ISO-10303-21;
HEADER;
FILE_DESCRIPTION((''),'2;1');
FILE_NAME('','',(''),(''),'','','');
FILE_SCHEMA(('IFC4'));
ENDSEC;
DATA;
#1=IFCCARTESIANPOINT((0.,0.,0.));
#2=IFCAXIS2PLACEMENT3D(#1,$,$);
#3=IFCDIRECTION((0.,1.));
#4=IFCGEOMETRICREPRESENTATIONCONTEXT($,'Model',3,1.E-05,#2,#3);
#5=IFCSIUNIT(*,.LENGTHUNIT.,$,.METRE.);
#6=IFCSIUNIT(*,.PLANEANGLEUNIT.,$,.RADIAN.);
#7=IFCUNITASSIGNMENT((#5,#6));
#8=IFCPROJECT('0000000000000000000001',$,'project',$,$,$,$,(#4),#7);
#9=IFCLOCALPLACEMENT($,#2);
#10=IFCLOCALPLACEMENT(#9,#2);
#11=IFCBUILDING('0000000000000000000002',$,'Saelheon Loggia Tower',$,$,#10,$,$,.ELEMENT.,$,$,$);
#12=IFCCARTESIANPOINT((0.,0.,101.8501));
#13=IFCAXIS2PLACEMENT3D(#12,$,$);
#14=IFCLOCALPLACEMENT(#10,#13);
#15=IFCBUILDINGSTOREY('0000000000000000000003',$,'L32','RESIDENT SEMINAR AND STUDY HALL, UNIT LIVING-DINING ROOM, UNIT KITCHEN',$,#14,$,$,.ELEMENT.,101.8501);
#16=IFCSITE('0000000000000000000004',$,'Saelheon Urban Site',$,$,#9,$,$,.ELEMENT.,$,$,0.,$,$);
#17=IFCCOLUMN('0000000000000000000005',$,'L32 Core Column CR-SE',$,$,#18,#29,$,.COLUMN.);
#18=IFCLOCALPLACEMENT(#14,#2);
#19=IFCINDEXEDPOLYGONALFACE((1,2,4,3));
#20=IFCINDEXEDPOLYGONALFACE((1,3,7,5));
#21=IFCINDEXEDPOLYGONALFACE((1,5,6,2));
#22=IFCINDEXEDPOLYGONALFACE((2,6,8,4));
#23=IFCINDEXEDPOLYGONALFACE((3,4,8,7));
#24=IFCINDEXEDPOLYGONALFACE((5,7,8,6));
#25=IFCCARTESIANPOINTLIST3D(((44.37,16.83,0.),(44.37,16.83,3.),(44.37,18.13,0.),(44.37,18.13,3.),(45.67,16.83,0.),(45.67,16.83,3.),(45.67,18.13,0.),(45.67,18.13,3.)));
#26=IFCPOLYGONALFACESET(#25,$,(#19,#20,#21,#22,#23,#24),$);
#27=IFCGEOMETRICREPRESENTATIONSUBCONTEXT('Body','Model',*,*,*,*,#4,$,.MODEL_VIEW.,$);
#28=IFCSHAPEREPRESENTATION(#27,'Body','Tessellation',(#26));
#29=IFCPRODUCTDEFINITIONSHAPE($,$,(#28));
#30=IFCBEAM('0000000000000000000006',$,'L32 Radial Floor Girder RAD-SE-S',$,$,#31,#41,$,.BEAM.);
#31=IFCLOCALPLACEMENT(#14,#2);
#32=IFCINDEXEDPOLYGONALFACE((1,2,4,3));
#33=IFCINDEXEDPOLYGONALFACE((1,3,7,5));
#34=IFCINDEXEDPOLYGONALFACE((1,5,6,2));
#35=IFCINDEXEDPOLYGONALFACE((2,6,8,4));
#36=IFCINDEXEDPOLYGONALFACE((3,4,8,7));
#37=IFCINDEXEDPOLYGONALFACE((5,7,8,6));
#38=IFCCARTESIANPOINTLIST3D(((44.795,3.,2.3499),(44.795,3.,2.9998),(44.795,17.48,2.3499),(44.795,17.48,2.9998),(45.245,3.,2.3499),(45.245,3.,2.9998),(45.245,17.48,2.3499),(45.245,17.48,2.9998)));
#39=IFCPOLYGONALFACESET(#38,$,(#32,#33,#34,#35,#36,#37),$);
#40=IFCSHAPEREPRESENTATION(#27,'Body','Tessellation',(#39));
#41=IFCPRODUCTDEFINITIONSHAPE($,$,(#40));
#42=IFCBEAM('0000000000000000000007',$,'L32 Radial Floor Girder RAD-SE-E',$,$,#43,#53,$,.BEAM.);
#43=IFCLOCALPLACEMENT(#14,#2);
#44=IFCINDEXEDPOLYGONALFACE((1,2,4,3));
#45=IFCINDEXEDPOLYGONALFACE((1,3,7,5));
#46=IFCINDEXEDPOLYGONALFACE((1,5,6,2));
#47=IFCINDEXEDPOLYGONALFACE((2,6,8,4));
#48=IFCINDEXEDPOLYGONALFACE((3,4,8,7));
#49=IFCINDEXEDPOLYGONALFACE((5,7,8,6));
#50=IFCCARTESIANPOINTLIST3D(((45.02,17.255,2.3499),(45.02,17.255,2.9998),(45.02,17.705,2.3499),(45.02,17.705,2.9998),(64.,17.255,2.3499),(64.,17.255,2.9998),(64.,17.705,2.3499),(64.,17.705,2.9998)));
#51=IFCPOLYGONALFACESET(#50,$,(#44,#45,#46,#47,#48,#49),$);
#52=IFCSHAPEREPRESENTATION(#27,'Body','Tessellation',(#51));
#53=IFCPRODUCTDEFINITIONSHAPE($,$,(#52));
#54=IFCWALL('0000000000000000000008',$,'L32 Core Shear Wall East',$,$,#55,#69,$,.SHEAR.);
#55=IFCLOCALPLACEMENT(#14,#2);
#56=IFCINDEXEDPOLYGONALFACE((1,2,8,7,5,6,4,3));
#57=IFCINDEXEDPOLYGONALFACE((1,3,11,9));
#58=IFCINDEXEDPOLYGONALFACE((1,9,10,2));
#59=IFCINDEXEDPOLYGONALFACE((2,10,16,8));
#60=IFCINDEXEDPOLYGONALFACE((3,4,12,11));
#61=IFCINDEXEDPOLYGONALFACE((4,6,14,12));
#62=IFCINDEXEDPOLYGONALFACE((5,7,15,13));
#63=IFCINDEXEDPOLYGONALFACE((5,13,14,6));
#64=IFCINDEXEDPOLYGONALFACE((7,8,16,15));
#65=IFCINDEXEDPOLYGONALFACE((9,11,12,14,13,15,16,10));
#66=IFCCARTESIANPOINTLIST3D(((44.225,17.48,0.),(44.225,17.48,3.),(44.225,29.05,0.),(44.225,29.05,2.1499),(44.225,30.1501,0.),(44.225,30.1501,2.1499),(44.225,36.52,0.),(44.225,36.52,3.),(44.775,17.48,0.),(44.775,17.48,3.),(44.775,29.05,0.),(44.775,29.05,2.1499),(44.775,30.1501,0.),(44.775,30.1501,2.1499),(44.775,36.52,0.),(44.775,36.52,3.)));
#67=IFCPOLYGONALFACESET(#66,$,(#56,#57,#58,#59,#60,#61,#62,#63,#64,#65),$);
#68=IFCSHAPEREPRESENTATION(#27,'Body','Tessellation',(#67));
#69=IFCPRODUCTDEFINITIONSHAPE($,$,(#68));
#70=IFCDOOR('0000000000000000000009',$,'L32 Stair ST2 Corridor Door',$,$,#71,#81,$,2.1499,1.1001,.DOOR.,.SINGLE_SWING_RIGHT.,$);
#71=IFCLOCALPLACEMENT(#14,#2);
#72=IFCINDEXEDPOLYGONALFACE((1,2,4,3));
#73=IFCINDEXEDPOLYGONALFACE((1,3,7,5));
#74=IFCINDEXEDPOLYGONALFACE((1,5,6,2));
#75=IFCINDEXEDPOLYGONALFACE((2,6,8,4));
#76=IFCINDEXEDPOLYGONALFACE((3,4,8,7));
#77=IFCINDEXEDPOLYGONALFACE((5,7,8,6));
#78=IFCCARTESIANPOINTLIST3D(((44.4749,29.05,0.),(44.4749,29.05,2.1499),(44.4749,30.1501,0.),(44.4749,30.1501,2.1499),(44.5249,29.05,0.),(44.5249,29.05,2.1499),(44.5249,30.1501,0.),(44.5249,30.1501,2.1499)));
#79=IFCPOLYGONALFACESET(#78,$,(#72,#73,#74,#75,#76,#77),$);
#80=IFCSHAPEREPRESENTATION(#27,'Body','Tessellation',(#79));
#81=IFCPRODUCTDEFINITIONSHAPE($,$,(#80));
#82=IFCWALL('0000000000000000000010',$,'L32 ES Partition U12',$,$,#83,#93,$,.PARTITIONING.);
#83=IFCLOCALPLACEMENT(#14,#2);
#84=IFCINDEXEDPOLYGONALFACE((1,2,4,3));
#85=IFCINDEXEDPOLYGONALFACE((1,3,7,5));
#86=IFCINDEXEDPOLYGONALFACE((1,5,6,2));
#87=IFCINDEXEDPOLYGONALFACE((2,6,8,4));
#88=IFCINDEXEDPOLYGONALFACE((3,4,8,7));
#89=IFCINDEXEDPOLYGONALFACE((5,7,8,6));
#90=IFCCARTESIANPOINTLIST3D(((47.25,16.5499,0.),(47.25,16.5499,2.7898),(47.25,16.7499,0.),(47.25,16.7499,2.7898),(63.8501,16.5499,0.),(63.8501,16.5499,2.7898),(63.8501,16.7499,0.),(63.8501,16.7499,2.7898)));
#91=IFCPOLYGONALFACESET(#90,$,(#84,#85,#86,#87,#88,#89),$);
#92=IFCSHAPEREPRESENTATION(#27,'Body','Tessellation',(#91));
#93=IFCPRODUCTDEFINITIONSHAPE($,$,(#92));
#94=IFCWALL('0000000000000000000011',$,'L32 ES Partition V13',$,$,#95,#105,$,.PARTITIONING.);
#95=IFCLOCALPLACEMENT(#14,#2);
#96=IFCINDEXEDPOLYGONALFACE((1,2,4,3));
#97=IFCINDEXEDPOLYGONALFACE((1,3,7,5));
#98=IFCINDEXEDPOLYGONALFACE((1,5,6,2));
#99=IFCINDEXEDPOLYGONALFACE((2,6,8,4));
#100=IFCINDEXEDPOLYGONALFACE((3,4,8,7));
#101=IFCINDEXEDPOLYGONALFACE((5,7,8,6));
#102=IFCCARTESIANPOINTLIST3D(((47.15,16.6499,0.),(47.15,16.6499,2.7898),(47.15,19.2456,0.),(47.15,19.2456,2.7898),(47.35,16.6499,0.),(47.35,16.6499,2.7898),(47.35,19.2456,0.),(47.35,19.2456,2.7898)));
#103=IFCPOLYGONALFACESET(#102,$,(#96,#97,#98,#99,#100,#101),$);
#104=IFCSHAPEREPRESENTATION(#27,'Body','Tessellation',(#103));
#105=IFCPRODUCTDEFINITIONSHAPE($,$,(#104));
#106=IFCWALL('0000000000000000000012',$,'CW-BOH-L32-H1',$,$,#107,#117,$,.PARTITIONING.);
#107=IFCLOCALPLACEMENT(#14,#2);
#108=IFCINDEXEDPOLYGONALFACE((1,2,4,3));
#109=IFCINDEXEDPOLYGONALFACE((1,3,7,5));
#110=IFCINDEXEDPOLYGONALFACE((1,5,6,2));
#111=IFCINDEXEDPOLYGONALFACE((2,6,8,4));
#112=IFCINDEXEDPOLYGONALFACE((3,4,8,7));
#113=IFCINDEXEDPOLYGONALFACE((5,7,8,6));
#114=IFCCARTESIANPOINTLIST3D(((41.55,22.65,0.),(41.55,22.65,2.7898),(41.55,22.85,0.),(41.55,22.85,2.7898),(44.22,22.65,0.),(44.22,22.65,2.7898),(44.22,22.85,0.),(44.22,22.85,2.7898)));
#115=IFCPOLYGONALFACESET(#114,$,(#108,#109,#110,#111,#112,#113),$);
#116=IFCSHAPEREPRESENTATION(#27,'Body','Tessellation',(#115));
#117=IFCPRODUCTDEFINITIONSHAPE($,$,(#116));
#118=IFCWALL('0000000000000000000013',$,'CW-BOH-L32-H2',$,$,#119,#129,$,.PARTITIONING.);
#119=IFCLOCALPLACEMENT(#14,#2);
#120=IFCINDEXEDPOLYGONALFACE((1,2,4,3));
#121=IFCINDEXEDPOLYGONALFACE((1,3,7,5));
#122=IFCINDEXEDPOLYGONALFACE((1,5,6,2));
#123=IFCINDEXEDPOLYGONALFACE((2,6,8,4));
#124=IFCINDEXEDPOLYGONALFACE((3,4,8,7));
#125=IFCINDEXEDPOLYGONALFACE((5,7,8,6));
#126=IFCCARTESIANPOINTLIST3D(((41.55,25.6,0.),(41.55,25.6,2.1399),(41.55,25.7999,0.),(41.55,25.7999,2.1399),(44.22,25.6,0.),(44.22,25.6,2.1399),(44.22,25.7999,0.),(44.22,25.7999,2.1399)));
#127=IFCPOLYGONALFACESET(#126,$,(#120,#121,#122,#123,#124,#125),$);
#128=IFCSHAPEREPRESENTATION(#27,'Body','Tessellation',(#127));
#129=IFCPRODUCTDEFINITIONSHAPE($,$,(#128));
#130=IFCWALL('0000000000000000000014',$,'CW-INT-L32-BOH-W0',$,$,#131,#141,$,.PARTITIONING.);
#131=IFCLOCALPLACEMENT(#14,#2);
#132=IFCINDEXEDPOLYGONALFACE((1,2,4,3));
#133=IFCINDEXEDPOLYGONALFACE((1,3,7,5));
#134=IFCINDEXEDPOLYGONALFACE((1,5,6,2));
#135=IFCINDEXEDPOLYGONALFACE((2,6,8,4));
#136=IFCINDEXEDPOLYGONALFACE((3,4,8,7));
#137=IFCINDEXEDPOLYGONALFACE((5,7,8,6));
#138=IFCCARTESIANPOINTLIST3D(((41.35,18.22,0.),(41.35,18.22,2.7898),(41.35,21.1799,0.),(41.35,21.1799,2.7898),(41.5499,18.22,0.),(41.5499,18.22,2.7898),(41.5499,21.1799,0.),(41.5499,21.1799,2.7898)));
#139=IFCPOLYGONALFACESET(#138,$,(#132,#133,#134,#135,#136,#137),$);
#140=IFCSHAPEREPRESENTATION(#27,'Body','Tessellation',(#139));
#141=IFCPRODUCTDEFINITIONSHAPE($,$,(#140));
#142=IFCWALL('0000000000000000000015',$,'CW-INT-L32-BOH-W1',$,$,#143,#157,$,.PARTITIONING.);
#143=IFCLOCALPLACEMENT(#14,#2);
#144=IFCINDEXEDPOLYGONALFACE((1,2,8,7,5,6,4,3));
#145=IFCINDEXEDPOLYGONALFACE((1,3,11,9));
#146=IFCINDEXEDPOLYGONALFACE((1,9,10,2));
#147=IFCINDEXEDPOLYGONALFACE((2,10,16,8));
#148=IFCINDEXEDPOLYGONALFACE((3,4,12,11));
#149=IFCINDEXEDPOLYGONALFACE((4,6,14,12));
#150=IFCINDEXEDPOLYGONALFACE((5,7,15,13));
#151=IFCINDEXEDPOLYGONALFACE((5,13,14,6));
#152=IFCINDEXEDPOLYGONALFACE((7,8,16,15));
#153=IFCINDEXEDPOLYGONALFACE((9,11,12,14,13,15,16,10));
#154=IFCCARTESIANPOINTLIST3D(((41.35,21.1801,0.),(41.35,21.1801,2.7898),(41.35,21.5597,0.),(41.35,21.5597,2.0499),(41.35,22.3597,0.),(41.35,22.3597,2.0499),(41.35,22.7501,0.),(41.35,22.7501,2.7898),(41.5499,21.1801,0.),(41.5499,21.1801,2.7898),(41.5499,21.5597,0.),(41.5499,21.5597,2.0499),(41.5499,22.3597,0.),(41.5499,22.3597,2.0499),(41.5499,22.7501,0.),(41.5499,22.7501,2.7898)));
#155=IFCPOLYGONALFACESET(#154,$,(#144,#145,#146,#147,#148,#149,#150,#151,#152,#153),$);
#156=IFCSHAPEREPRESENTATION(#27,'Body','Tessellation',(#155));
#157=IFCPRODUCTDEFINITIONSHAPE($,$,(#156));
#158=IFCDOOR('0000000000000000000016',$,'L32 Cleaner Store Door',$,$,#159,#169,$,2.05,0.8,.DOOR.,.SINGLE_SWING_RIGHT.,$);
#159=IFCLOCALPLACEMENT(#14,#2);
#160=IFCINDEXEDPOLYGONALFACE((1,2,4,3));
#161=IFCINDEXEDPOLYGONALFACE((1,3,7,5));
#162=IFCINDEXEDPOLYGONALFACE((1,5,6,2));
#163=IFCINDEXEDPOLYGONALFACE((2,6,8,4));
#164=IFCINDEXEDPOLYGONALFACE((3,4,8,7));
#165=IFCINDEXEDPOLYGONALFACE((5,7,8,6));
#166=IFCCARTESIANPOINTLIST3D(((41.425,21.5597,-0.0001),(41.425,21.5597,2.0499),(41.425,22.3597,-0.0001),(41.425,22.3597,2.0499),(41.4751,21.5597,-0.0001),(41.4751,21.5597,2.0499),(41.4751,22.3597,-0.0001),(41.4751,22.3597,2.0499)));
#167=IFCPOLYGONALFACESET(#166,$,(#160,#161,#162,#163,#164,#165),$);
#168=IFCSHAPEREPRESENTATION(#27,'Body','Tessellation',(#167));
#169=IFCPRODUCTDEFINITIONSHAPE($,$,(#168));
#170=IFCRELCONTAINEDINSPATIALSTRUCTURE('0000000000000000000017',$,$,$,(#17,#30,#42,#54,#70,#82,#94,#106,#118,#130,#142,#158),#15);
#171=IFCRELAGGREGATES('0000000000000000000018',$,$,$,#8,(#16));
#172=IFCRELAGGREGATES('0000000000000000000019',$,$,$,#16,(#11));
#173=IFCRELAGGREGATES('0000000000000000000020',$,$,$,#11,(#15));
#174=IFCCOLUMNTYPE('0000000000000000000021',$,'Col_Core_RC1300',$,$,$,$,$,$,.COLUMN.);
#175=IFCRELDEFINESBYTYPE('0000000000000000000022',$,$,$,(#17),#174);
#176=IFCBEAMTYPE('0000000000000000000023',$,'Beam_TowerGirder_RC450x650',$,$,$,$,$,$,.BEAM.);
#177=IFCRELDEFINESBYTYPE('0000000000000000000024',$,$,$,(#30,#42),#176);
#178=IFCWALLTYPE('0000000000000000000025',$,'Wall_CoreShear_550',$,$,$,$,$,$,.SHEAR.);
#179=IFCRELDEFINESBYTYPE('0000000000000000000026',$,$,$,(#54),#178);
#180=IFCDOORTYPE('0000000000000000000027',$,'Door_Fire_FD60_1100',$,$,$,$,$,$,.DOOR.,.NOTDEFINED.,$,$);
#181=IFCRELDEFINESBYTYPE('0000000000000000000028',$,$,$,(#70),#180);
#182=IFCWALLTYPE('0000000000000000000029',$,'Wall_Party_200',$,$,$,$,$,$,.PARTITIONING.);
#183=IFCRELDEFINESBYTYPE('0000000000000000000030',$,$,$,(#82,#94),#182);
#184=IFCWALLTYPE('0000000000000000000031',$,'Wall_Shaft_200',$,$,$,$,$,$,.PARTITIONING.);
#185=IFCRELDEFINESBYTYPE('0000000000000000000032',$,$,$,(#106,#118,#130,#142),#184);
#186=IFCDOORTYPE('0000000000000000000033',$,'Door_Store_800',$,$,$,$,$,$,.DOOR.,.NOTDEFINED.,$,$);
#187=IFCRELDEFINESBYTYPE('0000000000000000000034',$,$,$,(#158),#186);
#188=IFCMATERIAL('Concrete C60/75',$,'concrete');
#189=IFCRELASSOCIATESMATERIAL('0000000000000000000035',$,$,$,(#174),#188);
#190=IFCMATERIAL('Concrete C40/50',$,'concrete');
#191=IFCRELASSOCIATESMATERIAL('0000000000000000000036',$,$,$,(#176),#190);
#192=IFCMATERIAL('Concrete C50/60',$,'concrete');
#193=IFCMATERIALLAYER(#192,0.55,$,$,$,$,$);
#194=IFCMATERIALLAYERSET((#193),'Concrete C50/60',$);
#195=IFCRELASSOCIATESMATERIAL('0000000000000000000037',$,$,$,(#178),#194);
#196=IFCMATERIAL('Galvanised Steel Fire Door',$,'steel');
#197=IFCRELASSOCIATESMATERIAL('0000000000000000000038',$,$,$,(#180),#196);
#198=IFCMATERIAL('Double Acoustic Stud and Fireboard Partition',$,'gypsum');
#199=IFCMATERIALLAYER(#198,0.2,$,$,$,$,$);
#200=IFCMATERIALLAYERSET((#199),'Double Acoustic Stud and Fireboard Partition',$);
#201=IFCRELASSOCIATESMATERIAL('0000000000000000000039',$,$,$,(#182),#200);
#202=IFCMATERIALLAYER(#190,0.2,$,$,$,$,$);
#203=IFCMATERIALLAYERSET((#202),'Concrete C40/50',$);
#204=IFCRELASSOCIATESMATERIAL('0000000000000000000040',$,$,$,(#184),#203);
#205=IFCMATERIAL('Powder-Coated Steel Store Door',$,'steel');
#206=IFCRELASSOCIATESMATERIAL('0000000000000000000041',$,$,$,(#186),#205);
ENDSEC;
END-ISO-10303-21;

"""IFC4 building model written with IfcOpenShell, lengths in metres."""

from ifc_helpers import new_model, si_unit, direction, frame, frame_2d, origin, origin_2d, place, context, subcontext, project, spatial, rectangle, extrude, source, transform, mapped, material, layer, layer_set, material_profile, profile_set, type_object, element, fill, save


model = new_model("IFC4")

# Units and contexts
model_context = context("Model", 3, precision=1e-05, world=origin(), true_north=direction((0.0, 1.0)))
body_context = subcontext(model_context, "Body", "Model", "MODEL_VIEW")
ifc_project = project(units=[si_unit("LENGTHUNIT", "METRE"), si_unit("PLANEANGLEUNIT", "RADIAN")], contexts=[model_context])

# Site, building, storey
site_placement = place(None, origin())
site = spatial("IfcSite", under=ifc_project, at=site_placement, Name="Saelheon Urban Site", CompositionType="ELEMENT", RefElevation=0.0)
building_placement = place(site_placement, origin())
building = spatial("IfcBuilding", under=site, at=building_placement, Name="Saelheon Loggia Tower", CompositionType="ELEMENT")
storey_placement = place(building_placement, frame((0.0, 0.0, 101.8501)))
storey = spatial("IfcBuildingStorey", under=building, at=storey_placement, Name="L32", Description="RESIDENT SEMINAR AND STUDY HALL, UNIT LIVING-DINING ROOM, UNIT KITCHEN", CompositionType="ELEMENT", Elevation=101.8501)

# Column
ifc_material_1 = material(Name="Concrete C60/75", Category="concrete")
ifc_material_profile_1 = material_profile(ifc_material_1, rectangle(XDim=1.3, YDim=1.3, at=origin_2d()), Name="RC-1300x1300")
ifc_profile_set_1 = profile_set([ifc_material_profile_1], Name="Concrete C60/75")
column_type = type_object("IfcColumnType", Name="Col_Core_RC1300", PredefinedType="COLUMN", material=ifc_profile_set_1)
shared_shape_1 = source(origin(), body_context, "Body", "SweptSolid", [
    extrude(rectangle(XDim=1.3, YDim=1.3, at=origin_2d()), origin(), (0.0, 0.0, 1.0), 3.0),
])
column_placement = place(storey_placement, frame((45.02, 17.48, 0.0), z_axis=(0.0, 0.0, 1.0), x_axis=(1.0, 0.0, 0.0)))
element("IfcColumn", 1, at=column_placement, inside=storey, type_object=column_type, Name="L32 Core Column CR-SE", PredefinedType="COLUMN", context=body_context, shape_type="MappedRepresentation", body=[
    mapped(shared_shape_1, transform((0.0, 0.0, 0.0), scale=1.0)),
])

# Beams
ifc_material_2 = material(Name="Concrete C40/50", Category="concrete")
ifc_material_profile_2 = material_profile(ifc_material_2, rectangle(XDim=0.45, YDim=0.6499, at=origin_2d()), Name="RC-450x650")
ifc_profile_set_2 = profile_set([ifc_material_profile_2], Name="Concrete C40/50")
beam_type = type_object("IfcBeamType", Name="Beam_TowerGirder_RC450x650", PredefinedType="BEAM", material=ifc_profile_set_2)
shared_shape_2 = source(origin(), body_context, "Body", "SweptSolid", [
    extrude(rectangle(XDim=0.45, YDim=0.6499, at=origin_2d()), origin(), (0.0, 0.0, 1.0), 14.48),
])
beam_1_placement = place(storey_placement, frame((45.02, 17.48, 2.6748), z_axis=(0.0, -1.0, 0.0), x_axis=(1.0, 0.0, 0.0)))
element("IfcBeam", 2, at=beam_1_placement, inside=storey, type_object=beam_type, Name="L32 Radial Floor Girder RAD-SE-S", PredefinedType="BEAM", context=body_context, shape_type="MappedRepresentation", body=[
    mapped(shared_shape_2, transform((0.0, 0.0, 0.0), scale=1.0)),
])
shared_shape_3 = source(origin(), body_context, "Body", "SweptSolid", [
    extrude(rectangle(XDim=0.45, YDim=0.6499, at=origin_2d()), origin(), (0.0, 0.0, 1.0), 18.98),
])
beam_2_placement = place(storey_placement, frame((45.02, 17.48, 2.6748), z_axis=(1.0, 0.0, 0.0), x_axis=(0.0, 1.0, 0.0)))
element("IfcBeam", 3, at=beam_2_placement, inside=storey, type_object=beam_type, Name="L32 Radial Floor Girder RAD-SE-E", PredefinedType="BEAM", context=body_context, shape_type="MappedRepresentation", body=[
    mapped(shared_shape_3, transform((0.0, 0.0, 0.0), scale=1.0)),
])

# Wall, opening, door
ifc_material_3 = material(Name="Concrete C50/60", Category="concrete")
ifc_layer_1 = layer(ifc_material_3, 0.55)
ifc_layer_set_1 = layer_set([ifc_layer_1], Name="Concrete C50/60")
wall_type_1 = type_object("IfcWallType", Name="Wall_CoreShear_550", PredefinedType="SHEAR", material=ifc_layer_set_1)
wall_1_placement = place(storey_placement, frame((44.5, 17.48, 0.0), z_axis=(0.0, 0.0, 1.0), x_axis=(0.0, 1.0, 0.0)))
wall_1 = element("IfcWall", 4, at=wall_1_placement, inside=storey, type_object=wall_type_1, Name="L32 Core Shear Wall East", PredefinedType="SHEAR", context=body_context, shape_type="SweptSolid", body=[
    extrude(rectangle(XDim=19.04, YDim=0.55, at=frame_2d((9.52, 0.0))), origin(), (0.0, 0.0, 1.0), 3.0),
])
opening_1_placement = place(wall_1_placement, frame((12.6702, 0.0, 0.0), z_axis=(0.0, 0.0, 1.0), x_axis=(-1.0, 0.0, 0.0)))
opening_1 = element("IfcOpeningElement", 5, at=opening_1_placement, cuts=wall_1, PredefinedType="OPENING", context=body_context, shape_type="SweptSolid", body=[
    extrude(rectangle(XDim=1.1001, YDim=2.1499, at=frame_2d((0.55, 1.075))), frame((0.0, 0.2871, 0.0), z_axis=(0.0, -1.0, 0.0), x_axis=(1.0, 0.0, 0.0)), (0.0, 0.0, 1.0), 0.574),
])
ifc_material_4 = material(Name="Galvanised Steel Fire Door", Category="steel")
door_type_1 = type_object("IfcDoorType", Name="Door_Fire_FD60_1100", OperationType="NOTDEFINED", PredefinedType="DOOR", material=ifc_material_4)
shared_shape_4 = source(origin(), body_context, "Body", "SweptSolid", [
    extrude(rectangle(XDim=1.1001, YDim=2.1499, at=frame_2d((0.55, 1.075))), frame((0.0, 0.0249, 0.0), z_axis=(0.0, -1.0, 0.0), x_axis=(1.0, 0.0, 0.0)), (0.0, 0.0, 1.0), 0.05),
])
door_1_placement = place(opening_1_placement, origin())
door_1 = element("IfcDoor", 6, at=door_1_placement, inside=storey, type_object=door_type_1, Name="L32 Stair ST2 Corridor Door", OperationType="SINGLE_SWING_RIGHT", OverallHeight=2.1499, OverallWidth=1.1001, PredefinedType="DOOR", context=body_context, shape_type="MappedRepresentation", body=[
    mapped(shared_shape_4, transform((0.0, 0.0, 0.0), scale=1.0)),
])
fill(opening_1, door_1)

# Walls
ifc_material_5 = material(Name="Double Acoustic Stud and Fireboard Partition", Category="gypsum")
ifc_layer_2 = layer(ifc_material_5, 0.2)
ifc_layer_set_2 = layer_set([ifc_layer_2], Name="Double Acoustic Stud and Fireboard Partition")
wall_type_2 = type_object("IfcWallType", Name="Wall_Party_200", PredefinedType="PARTITIONING", material=ifc_layer_set_2)
wall_2_placement = place(storey_placement, frame((47.25, 16.6499, 0.0), z_axis=(0.0, 0.0, 1.0), x_axis=(1.0, 0.0, 0.0)))
element("IfcWall", 7, at=wall_2_placement, inside=storey, type_object=wall_type_2, Name="L32 ES Partition U12", PredefinedType="PARTITIONING", context=body_context, shape_type="SweptSolid", body=[
    extrude(rectangle(XDim=16.6001, YDim=0.2, at=frame_2d((8.3, 0.0))), origin(), (0.0, 0.0, 1.0), 2.7898),
])
wall_3_placement = place(storey_placement, frame((47.25, 16.6499, 0.0), z_axis=(0.0, 0.0, 1.0), x_axis=(0.0, 1.0, 0.0)))
element("IfcWall", 8, at=wall_3_placement, inside=storey, type_object=wall_type_2, Name="L32 ES Partition V13", PredefinedType="PARTITIONING", context=body_context, shape_type="SweptSolid", body=[
    extrude(rectangle(XDim=2.5957, YDim=0.2, at=frame_2d((1.2979, 0.0))), origin(), (0.0, 0.0, 1.0), 2.7898),
])

# Walls
ifc_layer_3 = layer(ifc_material_2, 0.2)
ifc_layer_set_3 = layer_set([ifc_layer_3], Name="Concrete C40/50")
wall_type_3 = type_object("IfcWallType", Name="Wall_Shaft_200", PredefinedType="PARTITIONING", material=ifc_layer_set_3)
wall_4_placement = place(storey_placement, frame((41.55, 22.75, 0.0), z_axis=(0.0, 0.0, 1.0), x_axis=(1.0, 0.0, 0.0)))
element("IfcWall", 9, at=wall_4_placement, inside=storey, type_object=wall_type_3, Name="CW-BOH-L32-H1", PredefinedType="PARTITIONING", context=body_context, shape_type="SweptSolid", body=[
    extrude(rectangle(XDim=2.6699, YDim=0.2, at=frame_2d((1.335, 0.0))), origin(), (0.0, 0.0, 1.0), 2.7898),
])
wall_5_placement = place(storey_placement, frame((41.55, 25.7, 0.0), z_axis=(0.0, 0.0, 1.0), x_axis=(1.0, 0.0, 0.0)))
element("IfcWall", 10, at=wall_5_placement, inside=storey, type_object=wall_type_3, Name="CW-BOH-L32-H2", PredefinedType="PARTITIONING", context=body_context, shape_type="SweptSolid", body=[
    extrude(rectangle(XDim=2.6699, YDim=0.2, at=frame_2d((1.335, 0.0))), origin(), (0.0, 0.0, 1.0), 2.1399),
])
wall_6_placement = place(storey_placement, frame((41.45, 18.22, 0.0), z_axis=(0.0, 0.0, 1.0), x_axis=(0.0, 1.0, 0.0)))
element("IfcWall", 11, at=wall_6_placement, inside=storey, type_object=wall_type_3, Name="CW-INT-L32-BOH-W0", PredefinedType="PARTITIONING", context=body_context, shape_type="SweptSolid", body=[
    extrude(rectangle(XDim=2.96, YDim=0.2, at=frame_2d((1.48, 0.0))), origin(), (0.0, 0.0, 1.0), 2.7898),
])

# Wall, opening, door
wall_7_placement = place(storey_placement, frame((41.45, 21.1799, 0.0), z_axis=(0.0, 0.0, 1.0), x_axis=(0.0, 1.0, 0.0)))
wall_7 = element("IfcWall", 12, at=wall_7_placement, inside=storey, type_object=wall_type_3, Name="CW-INT-L32-BOH-W1", PredefinedType="PARTITIONING", context=body_context, shape_type="SweptSolid", body=[
    extrude(rectangle(XDim=1.5701, YDim=0.2, at=frame_2d((0.7852, 0.0))), origin(), (0.0, 0.0, 1.0), 2.7898),
])
opening_2_placement = place(wall_7_placement, frame((0.3799, 0.0, 0.0)))
opening_2 = element("IfcOpeningElement", 13, at=opening_2_placement, cuts=wall_7, PredefinedType="OPENING", context=body_context, shape_type="SweptSolid", body=[
    extrude(rectangle(XDim=0.8, YDim=2.05, at=frame_2d((0.3999, 1.0249))), frame((0.0, 0.1121, 0.0), z_axis=(0.0, -1.0, 0.0), x_axis=(1.0, 0.0, 0.0)), (0.0, 0.0, 1.0), 0.2239),
])
ifc_material_6 = material(Name="Powder-Coated Steel Store Door", Category="steel")
door_type_2 = type_object("IfcDoorType", Name="Door_Store_800", OperationType="NOTDEFINED", PredefinedType="DOOR", material=ifc_material_6)
shared_shape_5 = source(origin(), body_context, "Body", "SweptSolid", [
    extrude(rectangle(XDim=0.8, YDim=2.05, at=frame_2d((0.3999, 1.0249))), frame((0.0, 0.0249, 0.0), z_axis=(0.0, -1.0, 0.0), x_axis=(1.0, 0.0, 0.0)), (0.0, 0.0, 1.0), 0.05),
])
door_2_placement = place(opening_2_placement, origin())
door_2 = element("IfcDoor", 14, at=door_2_placement, inside=storey, type_object=door_type_2, Name="L32 Cleaner Store Door", OperationType="SINGLE_SWING_RIGHT", OverallHeight=2.05, OverallWidth=0.8, PredefinedType="DOOR", context=body_context, shape_type="MappedRepresentation", body=[
    mapped(shared_shape_5, transform((0.0, 0.0, 0.0), scale=1.0)),
])
fill(opening_2, door_2)

save(model, "model.ifc")
